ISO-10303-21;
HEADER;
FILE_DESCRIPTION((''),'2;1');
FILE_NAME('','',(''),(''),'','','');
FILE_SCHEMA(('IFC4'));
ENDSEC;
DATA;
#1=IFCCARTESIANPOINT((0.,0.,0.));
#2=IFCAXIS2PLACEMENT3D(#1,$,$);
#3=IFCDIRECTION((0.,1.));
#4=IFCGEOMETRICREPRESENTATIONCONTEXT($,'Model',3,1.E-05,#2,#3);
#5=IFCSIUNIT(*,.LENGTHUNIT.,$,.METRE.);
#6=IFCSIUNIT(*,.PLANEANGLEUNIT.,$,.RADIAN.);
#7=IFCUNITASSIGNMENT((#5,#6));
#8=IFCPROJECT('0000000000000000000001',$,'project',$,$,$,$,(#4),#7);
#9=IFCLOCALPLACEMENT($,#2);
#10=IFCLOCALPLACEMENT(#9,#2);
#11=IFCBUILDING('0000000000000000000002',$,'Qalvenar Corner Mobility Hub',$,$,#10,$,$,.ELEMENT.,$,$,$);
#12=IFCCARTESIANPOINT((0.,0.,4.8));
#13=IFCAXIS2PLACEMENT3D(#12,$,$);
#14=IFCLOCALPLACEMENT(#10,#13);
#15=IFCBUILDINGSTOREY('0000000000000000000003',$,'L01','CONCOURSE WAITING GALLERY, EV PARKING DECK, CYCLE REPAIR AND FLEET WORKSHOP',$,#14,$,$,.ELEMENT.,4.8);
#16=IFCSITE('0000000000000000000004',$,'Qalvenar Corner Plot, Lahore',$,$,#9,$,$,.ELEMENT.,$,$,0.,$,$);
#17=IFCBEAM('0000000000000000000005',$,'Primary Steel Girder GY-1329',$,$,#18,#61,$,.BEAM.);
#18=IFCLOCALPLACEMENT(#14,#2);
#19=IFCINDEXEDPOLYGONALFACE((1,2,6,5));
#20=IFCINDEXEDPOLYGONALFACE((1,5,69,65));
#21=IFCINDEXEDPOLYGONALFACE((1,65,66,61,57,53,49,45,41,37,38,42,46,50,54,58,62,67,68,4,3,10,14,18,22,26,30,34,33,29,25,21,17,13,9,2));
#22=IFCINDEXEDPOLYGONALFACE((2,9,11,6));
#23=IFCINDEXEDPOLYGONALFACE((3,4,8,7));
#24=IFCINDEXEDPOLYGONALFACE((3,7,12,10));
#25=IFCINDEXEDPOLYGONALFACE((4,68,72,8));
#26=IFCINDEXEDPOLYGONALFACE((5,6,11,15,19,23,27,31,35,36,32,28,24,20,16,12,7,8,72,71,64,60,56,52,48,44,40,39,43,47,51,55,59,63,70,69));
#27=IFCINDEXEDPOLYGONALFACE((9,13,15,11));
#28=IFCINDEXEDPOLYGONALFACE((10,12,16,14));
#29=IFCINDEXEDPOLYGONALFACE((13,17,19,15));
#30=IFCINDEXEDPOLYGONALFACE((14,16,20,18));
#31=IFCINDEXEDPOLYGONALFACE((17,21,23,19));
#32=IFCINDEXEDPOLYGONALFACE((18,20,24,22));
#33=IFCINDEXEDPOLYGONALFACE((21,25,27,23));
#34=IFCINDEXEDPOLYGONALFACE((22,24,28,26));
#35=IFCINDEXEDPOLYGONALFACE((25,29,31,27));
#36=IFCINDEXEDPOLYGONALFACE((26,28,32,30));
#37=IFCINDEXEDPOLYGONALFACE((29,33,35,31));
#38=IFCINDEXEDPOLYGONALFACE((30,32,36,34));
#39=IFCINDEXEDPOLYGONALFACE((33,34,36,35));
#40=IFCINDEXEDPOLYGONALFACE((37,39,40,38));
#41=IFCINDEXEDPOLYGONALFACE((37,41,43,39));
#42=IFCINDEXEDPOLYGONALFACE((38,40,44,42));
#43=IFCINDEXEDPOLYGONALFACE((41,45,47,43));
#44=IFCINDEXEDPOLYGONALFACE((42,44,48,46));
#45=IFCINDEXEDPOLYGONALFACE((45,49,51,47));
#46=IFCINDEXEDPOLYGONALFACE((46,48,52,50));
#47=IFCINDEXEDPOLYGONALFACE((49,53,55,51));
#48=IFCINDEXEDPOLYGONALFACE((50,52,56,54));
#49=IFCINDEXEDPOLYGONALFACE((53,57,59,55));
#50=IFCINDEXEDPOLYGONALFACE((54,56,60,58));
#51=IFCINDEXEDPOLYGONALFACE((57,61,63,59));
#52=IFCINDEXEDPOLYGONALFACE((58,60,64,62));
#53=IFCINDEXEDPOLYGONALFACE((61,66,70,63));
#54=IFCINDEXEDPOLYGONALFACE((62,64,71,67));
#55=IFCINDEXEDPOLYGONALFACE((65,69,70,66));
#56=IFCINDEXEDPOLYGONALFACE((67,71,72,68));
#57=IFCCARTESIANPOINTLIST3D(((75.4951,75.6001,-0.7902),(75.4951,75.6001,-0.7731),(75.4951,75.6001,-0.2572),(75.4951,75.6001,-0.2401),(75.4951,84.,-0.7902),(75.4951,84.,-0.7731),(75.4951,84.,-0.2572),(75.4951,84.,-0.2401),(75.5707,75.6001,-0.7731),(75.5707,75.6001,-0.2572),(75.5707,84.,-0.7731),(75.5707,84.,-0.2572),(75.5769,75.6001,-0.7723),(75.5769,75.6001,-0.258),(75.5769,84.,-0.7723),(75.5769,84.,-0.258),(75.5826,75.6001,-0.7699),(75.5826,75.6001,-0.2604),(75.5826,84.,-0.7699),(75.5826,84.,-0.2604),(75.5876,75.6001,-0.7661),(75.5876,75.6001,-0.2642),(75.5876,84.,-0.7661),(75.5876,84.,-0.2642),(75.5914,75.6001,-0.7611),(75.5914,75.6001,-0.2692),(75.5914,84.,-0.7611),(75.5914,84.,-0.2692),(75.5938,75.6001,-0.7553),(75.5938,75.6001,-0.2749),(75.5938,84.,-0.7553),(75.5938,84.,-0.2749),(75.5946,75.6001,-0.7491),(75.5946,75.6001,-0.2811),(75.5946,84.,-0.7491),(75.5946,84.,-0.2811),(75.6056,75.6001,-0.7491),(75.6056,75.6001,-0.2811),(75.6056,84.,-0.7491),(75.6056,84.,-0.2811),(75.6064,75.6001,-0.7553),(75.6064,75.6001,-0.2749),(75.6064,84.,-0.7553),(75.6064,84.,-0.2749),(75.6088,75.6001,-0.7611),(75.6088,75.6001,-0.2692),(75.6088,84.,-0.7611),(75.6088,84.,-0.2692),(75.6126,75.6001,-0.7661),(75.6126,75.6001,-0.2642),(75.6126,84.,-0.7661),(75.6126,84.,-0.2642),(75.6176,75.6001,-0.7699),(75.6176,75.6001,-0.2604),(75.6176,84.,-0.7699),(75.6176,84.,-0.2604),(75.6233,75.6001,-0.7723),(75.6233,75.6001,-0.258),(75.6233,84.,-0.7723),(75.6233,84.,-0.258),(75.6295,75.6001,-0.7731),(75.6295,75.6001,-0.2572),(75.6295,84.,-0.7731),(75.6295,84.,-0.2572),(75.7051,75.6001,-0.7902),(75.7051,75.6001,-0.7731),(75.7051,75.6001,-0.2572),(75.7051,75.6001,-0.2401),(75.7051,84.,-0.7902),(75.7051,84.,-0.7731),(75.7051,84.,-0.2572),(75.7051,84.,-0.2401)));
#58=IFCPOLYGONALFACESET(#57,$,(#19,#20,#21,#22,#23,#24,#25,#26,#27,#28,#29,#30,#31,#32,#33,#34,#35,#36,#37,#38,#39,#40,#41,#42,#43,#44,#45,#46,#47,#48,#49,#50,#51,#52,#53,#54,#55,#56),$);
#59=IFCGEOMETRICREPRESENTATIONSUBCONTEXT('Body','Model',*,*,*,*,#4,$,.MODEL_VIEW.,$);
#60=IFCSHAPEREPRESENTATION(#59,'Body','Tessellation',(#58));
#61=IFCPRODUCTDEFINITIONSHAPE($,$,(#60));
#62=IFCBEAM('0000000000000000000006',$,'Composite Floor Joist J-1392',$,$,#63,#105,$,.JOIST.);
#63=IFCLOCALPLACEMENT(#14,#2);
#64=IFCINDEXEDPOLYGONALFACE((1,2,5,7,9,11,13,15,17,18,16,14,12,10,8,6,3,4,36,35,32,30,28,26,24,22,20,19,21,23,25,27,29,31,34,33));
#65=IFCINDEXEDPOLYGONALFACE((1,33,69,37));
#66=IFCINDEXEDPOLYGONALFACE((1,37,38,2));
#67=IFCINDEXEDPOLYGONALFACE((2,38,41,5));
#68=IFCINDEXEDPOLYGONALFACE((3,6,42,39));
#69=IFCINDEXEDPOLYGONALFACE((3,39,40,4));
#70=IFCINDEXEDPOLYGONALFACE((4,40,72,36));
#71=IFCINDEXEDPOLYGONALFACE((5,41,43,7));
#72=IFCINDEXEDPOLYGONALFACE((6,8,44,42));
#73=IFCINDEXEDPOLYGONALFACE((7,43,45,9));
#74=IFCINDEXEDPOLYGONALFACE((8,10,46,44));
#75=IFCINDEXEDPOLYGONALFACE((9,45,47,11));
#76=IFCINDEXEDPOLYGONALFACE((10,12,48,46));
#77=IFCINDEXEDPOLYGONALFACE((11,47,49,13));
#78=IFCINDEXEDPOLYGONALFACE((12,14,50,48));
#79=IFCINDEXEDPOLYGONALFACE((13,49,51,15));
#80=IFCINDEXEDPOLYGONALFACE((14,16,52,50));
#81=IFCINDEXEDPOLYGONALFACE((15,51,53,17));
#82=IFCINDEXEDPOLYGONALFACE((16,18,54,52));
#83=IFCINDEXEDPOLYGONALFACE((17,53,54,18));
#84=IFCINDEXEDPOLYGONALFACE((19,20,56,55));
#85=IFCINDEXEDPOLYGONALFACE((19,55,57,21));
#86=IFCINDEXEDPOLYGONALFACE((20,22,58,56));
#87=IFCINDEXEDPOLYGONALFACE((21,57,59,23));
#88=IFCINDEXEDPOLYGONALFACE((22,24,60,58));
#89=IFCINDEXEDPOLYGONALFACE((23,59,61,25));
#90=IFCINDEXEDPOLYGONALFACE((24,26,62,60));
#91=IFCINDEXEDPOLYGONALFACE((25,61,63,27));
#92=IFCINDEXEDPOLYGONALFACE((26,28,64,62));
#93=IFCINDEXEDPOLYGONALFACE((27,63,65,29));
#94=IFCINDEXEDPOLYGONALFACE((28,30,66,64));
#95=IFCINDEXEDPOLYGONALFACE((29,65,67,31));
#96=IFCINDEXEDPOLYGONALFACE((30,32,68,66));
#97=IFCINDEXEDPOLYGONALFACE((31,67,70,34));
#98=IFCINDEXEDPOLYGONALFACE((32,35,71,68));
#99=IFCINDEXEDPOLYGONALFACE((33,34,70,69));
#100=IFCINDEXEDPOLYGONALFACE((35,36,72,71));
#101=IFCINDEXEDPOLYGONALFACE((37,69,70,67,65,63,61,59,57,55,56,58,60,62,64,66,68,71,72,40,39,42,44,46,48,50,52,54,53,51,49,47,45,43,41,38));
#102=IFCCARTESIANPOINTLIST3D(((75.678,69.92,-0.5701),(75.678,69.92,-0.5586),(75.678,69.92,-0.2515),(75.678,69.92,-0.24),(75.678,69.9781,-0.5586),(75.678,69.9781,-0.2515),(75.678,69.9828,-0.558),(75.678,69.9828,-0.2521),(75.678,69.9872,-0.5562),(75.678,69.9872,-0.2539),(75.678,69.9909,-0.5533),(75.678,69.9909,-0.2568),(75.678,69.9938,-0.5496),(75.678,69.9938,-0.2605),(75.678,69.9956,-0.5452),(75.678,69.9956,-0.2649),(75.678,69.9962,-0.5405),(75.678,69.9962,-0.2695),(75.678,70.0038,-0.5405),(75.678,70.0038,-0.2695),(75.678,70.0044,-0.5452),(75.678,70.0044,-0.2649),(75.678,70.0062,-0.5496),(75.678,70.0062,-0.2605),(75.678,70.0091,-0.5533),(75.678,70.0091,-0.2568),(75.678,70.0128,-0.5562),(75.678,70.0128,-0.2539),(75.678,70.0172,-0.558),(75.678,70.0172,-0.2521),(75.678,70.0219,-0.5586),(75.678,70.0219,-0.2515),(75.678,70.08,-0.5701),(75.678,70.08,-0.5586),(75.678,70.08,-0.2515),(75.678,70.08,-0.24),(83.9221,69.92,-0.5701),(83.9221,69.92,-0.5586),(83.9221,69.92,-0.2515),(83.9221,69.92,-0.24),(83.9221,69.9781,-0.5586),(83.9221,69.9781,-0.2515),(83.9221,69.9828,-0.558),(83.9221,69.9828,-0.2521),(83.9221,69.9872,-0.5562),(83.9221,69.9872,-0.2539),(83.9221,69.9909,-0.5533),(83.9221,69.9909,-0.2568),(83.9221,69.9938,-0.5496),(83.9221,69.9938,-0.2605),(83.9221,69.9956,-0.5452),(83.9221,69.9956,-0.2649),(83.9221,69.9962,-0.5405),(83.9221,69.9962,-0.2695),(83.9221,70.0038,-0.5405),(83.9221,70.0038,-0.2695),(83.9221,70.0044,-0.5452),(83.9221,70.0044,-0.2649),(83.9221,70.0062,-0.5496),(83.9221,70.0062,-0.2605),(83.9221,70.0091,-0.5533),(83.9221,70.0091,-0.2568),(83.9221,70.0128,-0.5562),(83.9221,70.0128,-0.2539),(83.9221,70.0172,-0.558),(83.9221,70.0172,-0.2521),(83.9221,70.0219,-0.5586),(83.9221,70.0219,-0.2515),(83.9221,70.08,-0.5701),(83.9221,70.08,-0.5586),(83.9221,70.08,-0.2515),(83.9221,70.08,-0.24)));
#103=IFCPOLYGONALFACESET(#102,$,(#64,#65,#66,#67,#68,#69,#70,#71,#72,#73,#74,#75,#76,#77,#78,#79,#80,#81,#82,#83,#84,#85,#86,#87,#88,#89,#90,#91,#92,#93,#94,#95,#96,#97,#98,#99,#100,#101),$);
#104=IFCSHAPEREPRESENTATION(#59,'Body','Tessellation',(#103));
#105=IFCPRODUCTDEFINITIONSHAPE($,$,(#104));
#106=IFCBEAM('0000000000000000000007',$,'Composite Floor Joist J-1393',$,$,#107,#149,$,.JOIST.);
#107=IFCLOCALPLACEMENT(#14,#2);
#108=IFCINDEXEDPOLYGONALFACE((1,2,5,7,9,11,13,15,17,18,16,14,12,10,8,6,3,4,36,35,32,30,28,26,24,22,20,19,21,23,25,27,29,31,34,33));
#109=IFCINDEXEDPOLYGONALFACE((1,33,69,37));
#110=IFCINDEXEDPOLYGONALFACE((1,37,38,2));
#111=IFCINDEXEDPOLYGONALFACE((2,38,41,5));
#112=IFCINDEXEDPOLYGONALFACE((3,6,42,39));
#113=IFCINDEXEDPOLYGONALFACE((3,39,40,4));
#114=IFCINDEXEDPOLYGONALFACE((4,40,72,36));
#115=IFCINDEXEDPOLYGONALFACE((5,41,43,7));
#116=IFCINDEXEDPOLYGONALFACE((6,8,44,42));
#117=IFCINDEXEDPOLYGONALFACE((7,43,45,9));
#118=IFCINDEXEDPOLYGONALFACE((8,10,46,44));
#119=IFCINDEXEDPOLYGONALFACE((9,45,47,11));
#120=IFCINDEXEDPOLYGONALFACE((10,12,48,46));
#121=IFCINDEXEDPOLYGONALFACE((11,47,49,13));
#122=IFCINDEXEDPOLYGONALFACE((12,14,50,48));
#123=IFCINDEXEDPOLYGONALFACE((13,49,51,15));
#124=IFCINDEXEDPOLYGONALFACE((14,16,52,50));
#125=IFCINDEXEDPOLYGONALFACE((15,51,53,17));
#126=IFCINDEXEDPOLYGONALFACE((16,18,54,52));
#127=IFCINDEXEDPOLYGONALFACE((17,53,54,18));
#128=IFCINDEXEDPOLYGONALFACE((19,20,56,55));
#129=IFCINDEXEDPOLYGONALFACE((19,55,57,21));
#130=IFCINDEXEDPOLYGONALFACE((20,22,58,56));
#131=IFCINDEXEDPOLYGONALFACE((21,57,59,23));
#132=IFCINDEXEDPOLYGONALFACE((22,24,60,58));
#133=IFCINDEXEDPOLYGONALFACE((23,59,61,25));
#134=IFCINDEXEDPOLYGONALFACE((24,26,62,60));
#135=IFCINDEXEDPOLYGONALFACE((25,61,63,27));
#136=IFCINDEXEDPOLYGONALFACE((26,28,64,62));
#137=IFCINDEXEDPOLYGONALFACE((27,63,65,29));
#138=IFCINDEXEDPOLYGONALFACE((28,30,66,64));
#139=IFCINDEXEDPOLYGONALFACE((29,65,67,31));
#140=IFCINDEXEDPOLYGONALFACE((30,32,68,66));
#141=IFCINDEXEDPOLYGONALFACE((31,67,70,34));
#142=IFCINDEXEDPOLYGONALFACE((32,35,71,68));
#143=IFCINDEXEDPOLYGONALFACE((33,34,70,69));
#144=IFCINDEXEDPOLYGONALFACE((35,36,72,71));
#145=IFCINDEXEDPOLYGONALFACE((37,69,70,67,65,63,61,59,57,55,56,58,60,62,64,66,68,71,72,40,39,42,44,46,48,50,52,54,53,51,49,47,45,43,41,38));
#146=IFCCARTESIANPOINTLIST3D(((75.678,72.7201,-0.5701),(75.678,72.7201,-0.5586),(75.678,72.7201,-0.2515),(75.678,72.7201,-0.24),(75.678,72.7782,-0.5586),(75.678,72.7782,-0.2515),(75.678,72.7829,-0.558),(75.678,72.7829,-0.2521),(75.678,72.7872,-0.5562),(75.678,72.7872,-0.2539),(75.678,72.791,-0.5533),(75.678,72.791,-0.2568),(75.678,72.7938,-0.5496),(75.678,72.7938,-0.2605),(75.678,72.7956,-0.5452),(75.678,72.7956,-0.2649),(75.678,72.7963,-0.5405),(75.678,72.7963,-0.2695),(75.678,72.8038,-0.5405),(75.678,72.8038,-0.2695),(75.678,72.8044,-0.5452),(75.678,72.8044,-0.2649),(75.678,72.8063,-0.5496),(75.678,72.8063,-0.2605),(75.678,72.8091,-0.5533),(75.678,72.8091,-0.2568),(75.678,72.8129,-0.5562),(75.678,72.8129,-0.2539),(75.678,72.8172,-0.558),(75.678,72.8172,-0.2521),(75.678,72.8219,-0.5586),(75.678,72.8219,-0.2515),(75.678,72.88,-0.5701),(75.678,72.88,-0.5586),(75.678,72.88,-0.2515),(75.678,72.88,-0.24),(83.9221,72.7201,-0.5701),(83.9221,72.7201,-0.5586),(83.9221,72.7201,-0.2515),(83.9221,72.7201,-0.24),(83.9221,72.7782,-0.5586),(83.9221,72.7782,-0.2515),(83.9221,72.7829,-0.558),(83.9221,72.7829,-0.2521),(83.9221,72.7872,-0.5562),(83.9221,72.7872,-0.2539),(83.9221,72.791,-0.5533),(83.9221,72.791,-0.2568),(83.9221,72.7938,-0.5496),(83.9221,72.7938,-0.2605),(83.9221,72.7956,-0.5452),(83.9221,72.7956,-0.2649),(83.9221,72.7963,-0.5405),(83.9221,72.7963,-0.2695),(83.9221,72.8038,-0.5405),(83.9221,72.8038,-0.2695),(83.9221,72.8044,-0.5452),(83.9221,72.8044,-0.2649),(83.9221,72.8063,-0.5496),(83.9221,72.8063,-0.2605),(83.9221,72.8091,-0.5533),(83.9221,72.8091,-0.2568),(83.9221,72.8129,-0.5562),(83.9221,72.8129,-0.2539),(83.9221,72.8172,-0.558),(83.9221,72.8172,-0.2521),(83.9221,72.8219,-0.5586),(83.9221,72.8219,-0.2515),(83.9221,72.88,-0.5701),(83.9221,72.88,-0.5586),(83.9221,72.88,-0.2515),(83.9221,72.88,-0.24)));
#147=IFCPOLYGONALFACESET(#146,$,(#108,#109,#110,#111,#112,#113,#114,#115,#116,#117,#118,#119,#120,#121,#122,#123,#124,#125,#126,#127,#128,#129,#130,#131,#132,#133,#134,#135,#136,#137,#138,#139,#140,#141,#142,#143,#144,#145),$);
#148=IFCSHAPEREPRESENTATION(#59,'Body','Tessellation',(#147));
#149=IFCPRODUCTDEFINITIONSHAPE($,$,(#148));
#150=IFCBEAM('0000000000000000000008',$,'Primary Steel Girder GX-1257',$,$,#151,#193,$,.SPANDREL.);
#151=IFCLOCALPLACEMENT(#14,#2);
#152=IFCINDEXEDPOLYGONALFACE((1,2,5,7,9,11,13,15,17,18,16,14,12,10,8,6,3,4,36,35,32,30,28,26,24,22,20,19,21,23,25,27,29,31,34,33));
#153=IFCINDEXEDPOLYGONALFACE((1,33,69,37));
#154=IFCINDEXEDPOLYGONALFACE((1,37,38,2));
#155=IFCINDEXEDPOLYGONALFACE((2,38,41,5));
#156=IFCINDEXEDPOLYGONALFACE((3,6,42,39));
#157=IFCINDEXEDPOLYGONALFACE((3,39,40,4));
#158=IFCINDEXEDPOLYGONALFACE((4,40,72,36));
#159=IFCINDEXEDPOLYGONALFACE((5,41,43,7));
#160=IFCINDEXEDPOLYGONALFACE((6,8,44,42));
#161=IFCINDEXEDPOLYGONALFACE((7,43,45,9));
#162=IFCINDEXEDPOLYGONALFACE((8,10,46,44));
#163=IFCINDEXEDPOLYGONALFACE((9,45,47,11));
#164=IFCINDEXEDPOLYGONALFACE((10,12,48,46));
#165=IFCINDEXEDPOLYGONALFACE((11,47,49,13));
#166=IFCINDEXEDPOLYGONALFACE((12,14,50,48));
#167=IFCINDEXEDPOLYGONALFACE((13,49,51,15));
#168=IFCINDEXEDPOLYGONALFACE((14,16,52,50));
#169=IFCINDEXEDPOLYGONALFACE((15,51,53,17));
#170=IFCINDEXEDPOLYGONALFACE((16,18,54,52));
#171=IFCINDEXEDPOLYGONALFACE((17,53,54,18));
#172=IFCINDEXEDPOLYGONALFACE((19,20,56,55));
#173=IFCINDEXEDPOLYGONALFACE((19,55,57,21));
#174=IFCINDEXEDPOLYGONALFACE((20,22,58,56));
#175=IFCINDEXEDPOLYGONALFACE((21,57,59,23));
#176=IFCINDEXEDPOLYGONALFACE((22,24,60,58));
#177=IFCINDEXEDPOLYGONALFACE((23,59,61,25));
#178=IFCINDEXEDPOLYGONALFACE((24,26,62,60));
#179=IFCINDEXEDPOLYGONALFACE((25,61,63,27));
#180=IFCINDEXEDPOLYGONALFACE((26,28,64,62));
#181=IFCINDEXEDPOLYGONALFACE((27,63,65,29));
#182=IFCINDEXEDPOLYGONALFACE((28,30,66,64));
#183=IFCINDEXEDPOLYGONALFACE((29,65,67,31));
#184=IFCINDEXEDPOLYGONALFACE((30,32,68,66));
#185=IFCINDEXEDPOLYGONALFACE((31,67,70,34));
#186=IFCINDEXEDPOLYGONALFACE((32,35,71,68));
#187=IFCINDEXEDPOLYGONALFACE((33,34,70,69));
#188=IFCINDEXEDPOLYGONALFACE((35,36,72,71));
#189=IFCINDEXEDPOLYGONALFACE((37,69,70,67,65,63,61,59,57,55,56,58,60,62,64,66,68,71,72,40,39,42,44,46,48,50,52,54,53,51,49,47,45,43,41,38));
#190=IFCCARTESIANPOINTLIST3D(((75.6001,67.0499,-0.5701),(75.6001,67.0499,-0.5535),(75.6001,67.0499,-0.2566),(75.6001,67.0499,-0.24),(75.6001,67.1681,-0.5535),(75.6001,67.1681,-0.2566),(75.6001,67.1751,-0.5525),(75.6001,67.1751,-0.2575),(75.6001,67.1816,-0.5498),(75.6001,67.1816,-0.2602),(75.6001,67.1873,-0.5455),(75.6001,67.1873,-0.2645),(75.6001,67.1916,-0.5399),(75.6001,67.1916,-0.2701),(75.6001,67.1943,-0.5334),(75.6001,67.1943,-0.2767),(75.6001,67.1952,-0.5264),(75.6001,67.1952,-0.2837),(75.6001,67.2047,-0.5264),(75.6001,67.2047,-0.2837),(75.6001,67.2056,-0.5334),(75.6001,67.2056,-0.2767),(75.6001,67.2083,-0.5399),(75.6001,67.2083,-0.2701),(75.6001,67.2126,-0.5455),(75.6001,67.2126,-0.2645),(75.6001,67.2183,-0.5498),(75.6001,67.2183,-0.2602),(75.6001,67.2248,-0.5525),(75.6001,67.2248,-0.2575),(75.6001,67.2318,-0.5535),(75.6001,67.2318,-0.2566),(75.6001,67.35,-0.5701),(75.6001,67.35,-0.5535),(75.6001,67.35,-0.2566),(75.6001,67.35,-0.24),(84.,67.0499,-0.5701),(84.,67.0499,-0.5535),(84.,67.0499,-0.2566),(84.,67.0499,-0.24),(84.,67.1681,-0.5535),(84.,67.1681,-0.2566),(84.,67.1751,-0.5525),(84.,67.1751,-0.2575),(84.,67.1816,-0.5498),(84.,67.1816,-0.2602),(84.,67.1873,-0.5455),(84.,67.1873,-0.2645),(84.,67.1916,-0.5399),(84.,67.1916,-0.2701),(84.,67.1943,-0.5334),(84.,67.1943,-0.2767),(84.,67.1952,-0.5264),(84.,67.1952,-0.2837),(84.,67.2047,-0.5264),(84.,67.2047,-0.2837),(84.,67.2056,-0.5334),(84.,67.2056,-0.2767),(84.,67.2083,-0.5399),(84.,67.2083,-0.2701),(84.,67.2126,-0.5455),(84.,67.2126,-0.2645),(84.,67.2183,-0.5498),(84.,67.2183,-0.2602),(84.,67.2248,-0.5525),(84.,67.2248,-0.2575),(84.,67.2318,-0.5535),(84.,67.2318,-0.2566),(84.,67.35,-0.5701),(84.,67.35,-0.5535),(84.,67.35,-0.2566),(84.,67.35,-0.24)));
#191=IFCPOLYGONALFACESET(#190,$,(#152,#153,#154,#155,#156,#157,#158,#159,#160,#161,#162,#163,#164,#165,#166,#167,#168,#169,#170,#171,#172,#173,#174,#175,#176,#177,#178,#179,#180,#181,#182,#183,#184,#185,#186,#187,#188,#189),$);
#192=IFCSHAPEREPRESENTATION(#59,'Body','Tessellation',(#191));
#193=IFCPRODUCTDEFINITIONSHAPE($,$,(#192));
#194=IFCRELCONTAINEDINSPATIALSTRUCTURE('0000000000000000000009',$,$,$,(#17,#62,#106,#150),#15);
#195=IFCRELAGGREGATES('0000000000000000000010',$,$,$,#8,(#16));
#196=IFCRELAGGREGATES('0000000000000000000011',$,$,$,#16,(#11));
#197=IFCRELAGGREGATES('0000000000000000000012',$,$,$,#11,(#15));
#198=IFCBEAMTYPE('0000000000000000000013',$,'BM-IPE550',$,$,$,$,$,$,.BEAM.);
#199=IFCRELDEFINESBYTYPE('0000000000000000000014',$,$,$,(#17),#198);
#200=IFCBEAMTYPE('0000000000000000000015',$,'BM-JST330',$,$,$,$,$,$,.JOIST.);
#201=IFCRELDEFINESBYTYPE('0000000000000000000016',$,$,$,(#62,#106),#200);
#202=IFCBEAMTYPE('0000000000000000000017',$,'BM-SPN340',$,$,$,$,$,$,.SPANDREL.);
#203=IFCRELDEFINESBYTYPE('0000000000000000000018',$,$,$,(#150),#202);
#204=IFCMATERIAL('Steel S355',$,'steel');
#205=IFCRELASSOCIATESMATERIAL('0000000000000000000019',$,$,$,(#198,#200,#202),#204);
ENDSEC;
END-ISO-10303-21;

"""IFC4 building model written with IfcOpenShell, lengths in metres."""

from ifc_helpers import new_model, si_unit, direction, frame, origin, origin_2d, place, context, subcontext, project, spatial, i_section, extrude, material, material_profile, profile_set, type_object, element, save


model = new_model("IFC4")

# Units and contexts
model_context = context("Model", 3, precision=1e-05, world=origin(), true_north=direction((0.0, 1.0)))
body_context = subcontext(model_context, "Body", "Model", "MODEL_VIEW")
ifc_project = project(units=[si_unit("LENGTHUNIT", "METRE"), si_unit("PLANEANGLEUNIT", "RADIAN")], contexts=[model_context])

# Site, building, storey
site_placement = place(None, origin())
site = spatial("IfcSite", under=ifc_project, at=site_placement, Name="Qalvenar Corner Plot, Lahore", CompositionType="ELEMENT", RefElevation=0.0)
building_placement = place(site_placement, origin())
building = spatial("IfcBuilding", under=site, at=building_placement, Name="Qalvenar Corner Mobility Hub", CompositionType="ELEMENT")
storey_placement = place(building_placement, frame((0.0, 0.0, 4.8)))
storey = spatial("IfcBuildingStorey", under=building, at=storey_placement, Name="L01", Description="CONCOURSE WAITING GALLERY, EV PARKING DECK, CYCLE REPAIR AND FLEET WORKSHOP", CompositionType="ELEMENT", Elevation=4.8)

# Shared definitions
ifc_material_1 = material(Name="Steel S355", Category="steel")

# Beams
ifc_material_profile_1 = material_profile(ifc_material_1, i_section(OverallWidth=0.21, OverallDepth=0.55, WebThickness=0.011, FlangeThickness=0.0171, FilletRadius=0.0239, at=origin_2d()), Name="IPE550")
ifc_profile_set_1 = profile_set([ifc_material_profile_1], Name="Steel S355")
beam_type_1 = type_object("IfcBeamType", Name="BM-IPE550", PredefinedType="BEAM", material=ifc_profile_set_1)
beam_1_placement = place(storey_placement, frame((75.6001, 75.6001, -0.5151), z_axis=(0.0, 1.0, 0.0), x_axis=(-1.0, 0.0, 0.0)))
element("IfcBeam", 1, at=beam_1_placement, inside=storey, type_object=beam_type_1, Name="Primary Steel Girder GY-1329", PredefinedType="BEAM", context=body_context, shape_type="SweptSolid", body=[
    extrude(i_section(OverallWidth=0.21, OverallDepth=0.55, WebThickness=0.011, FlangeThickness=0.0171, FilletRadius=0.0239, at=origin_2d()), origin(), (0.0, 0.0, 1.0), 8.3999),
])
ifc_material_profile_2 = material_profile(ifc_material_1, i_section(OverallWidth=0.1599, OverallDepth=0.3301, WebThickness=0.0076, FlangeThickness=0.0115, FilletRadius=0.0181, at=origin_2d()), Name="IPE330")
ifc_profile_set_2 = profile_set([ifc_material_profile_2], Name="Steel S355")
beam_type_2 = type_object("IfcBeamType", Name="BM-JST330", PredefinedType="JOIST", material=ifc_profile_set_2)
for number, where, z_axis, x_axis, name in (
    (2, (75.678, 70.0, -0.405), (1.0, 0.0, 0.0), (0.0, 1.0, 0.0), "Composite Floor Joist J-1392"),
    (3, (75.678, 72.8, -0.405), (1.0, 0.0, 0.0), (0.0, 1.0, 0.0), "Composite Floor Joist J-1393"),
):
    element("IfcBeam", number, at=place(storey_placement, frame(where, z_axis=z_axis, x_axis=x_axis)), inside=storey, type_object=beam_type_2, Name=name, PredefinedType="JOIST", context=body_context, shape_type="SweptSolid", body=[
        extrude(i_section(OverallWidth=0.1599, OverallDepth=0.3301, WebThickness=0.0076, FlangeThickness=0.0115, FilletRadius=0.0181, at=origin_2d()), origin(), (0.0, 0.0, 1.0), 8.2441),
    ])
ifc_material_profile_3 = material_profile(ifc_material_1, i_section(OverallWidth=0.3, OverallDepth=0.3301, WebThickness=0.0095, FlangeThickness=0.0166, FilletRadius=0.0271, at=origin_2d()), Name="HEA340")
ifc_profile_set_3 = profile_set([ifc_material_profile_3], Name="Steel S355")
beam_type_3 = type_object("IfcBeamType", Name="BM-SPN340", PredefinedType="SPANDREL", material=ifc_profile_set_3)
beam_2_placement = place(storey_placement, frame((75.6001, 67.2, -0.405), z_axis=(1.0, 0.0, 0.0), x_axis=(0.0, 1.0, 0.0)))
element("IfcBeam", 4, at=beam_2_placement, inside=storey, type_object=beam_type_3, Name="Primary Steel Girder GX-1257", PredefinedType="SPANDREL", context=body_context, shape_type="SweptSolid", body=[
    extrude(i_section(OverallWidth=0.3, OverallDepth=0.3301, WebThickness=0.0095, FlangeThickness=0.0166, FilletRadius=0.0271, at=origin_2d()), origin(), (0.0, 0.0, 1.0), 8.3999),
])

save(model, "model.ifc")
